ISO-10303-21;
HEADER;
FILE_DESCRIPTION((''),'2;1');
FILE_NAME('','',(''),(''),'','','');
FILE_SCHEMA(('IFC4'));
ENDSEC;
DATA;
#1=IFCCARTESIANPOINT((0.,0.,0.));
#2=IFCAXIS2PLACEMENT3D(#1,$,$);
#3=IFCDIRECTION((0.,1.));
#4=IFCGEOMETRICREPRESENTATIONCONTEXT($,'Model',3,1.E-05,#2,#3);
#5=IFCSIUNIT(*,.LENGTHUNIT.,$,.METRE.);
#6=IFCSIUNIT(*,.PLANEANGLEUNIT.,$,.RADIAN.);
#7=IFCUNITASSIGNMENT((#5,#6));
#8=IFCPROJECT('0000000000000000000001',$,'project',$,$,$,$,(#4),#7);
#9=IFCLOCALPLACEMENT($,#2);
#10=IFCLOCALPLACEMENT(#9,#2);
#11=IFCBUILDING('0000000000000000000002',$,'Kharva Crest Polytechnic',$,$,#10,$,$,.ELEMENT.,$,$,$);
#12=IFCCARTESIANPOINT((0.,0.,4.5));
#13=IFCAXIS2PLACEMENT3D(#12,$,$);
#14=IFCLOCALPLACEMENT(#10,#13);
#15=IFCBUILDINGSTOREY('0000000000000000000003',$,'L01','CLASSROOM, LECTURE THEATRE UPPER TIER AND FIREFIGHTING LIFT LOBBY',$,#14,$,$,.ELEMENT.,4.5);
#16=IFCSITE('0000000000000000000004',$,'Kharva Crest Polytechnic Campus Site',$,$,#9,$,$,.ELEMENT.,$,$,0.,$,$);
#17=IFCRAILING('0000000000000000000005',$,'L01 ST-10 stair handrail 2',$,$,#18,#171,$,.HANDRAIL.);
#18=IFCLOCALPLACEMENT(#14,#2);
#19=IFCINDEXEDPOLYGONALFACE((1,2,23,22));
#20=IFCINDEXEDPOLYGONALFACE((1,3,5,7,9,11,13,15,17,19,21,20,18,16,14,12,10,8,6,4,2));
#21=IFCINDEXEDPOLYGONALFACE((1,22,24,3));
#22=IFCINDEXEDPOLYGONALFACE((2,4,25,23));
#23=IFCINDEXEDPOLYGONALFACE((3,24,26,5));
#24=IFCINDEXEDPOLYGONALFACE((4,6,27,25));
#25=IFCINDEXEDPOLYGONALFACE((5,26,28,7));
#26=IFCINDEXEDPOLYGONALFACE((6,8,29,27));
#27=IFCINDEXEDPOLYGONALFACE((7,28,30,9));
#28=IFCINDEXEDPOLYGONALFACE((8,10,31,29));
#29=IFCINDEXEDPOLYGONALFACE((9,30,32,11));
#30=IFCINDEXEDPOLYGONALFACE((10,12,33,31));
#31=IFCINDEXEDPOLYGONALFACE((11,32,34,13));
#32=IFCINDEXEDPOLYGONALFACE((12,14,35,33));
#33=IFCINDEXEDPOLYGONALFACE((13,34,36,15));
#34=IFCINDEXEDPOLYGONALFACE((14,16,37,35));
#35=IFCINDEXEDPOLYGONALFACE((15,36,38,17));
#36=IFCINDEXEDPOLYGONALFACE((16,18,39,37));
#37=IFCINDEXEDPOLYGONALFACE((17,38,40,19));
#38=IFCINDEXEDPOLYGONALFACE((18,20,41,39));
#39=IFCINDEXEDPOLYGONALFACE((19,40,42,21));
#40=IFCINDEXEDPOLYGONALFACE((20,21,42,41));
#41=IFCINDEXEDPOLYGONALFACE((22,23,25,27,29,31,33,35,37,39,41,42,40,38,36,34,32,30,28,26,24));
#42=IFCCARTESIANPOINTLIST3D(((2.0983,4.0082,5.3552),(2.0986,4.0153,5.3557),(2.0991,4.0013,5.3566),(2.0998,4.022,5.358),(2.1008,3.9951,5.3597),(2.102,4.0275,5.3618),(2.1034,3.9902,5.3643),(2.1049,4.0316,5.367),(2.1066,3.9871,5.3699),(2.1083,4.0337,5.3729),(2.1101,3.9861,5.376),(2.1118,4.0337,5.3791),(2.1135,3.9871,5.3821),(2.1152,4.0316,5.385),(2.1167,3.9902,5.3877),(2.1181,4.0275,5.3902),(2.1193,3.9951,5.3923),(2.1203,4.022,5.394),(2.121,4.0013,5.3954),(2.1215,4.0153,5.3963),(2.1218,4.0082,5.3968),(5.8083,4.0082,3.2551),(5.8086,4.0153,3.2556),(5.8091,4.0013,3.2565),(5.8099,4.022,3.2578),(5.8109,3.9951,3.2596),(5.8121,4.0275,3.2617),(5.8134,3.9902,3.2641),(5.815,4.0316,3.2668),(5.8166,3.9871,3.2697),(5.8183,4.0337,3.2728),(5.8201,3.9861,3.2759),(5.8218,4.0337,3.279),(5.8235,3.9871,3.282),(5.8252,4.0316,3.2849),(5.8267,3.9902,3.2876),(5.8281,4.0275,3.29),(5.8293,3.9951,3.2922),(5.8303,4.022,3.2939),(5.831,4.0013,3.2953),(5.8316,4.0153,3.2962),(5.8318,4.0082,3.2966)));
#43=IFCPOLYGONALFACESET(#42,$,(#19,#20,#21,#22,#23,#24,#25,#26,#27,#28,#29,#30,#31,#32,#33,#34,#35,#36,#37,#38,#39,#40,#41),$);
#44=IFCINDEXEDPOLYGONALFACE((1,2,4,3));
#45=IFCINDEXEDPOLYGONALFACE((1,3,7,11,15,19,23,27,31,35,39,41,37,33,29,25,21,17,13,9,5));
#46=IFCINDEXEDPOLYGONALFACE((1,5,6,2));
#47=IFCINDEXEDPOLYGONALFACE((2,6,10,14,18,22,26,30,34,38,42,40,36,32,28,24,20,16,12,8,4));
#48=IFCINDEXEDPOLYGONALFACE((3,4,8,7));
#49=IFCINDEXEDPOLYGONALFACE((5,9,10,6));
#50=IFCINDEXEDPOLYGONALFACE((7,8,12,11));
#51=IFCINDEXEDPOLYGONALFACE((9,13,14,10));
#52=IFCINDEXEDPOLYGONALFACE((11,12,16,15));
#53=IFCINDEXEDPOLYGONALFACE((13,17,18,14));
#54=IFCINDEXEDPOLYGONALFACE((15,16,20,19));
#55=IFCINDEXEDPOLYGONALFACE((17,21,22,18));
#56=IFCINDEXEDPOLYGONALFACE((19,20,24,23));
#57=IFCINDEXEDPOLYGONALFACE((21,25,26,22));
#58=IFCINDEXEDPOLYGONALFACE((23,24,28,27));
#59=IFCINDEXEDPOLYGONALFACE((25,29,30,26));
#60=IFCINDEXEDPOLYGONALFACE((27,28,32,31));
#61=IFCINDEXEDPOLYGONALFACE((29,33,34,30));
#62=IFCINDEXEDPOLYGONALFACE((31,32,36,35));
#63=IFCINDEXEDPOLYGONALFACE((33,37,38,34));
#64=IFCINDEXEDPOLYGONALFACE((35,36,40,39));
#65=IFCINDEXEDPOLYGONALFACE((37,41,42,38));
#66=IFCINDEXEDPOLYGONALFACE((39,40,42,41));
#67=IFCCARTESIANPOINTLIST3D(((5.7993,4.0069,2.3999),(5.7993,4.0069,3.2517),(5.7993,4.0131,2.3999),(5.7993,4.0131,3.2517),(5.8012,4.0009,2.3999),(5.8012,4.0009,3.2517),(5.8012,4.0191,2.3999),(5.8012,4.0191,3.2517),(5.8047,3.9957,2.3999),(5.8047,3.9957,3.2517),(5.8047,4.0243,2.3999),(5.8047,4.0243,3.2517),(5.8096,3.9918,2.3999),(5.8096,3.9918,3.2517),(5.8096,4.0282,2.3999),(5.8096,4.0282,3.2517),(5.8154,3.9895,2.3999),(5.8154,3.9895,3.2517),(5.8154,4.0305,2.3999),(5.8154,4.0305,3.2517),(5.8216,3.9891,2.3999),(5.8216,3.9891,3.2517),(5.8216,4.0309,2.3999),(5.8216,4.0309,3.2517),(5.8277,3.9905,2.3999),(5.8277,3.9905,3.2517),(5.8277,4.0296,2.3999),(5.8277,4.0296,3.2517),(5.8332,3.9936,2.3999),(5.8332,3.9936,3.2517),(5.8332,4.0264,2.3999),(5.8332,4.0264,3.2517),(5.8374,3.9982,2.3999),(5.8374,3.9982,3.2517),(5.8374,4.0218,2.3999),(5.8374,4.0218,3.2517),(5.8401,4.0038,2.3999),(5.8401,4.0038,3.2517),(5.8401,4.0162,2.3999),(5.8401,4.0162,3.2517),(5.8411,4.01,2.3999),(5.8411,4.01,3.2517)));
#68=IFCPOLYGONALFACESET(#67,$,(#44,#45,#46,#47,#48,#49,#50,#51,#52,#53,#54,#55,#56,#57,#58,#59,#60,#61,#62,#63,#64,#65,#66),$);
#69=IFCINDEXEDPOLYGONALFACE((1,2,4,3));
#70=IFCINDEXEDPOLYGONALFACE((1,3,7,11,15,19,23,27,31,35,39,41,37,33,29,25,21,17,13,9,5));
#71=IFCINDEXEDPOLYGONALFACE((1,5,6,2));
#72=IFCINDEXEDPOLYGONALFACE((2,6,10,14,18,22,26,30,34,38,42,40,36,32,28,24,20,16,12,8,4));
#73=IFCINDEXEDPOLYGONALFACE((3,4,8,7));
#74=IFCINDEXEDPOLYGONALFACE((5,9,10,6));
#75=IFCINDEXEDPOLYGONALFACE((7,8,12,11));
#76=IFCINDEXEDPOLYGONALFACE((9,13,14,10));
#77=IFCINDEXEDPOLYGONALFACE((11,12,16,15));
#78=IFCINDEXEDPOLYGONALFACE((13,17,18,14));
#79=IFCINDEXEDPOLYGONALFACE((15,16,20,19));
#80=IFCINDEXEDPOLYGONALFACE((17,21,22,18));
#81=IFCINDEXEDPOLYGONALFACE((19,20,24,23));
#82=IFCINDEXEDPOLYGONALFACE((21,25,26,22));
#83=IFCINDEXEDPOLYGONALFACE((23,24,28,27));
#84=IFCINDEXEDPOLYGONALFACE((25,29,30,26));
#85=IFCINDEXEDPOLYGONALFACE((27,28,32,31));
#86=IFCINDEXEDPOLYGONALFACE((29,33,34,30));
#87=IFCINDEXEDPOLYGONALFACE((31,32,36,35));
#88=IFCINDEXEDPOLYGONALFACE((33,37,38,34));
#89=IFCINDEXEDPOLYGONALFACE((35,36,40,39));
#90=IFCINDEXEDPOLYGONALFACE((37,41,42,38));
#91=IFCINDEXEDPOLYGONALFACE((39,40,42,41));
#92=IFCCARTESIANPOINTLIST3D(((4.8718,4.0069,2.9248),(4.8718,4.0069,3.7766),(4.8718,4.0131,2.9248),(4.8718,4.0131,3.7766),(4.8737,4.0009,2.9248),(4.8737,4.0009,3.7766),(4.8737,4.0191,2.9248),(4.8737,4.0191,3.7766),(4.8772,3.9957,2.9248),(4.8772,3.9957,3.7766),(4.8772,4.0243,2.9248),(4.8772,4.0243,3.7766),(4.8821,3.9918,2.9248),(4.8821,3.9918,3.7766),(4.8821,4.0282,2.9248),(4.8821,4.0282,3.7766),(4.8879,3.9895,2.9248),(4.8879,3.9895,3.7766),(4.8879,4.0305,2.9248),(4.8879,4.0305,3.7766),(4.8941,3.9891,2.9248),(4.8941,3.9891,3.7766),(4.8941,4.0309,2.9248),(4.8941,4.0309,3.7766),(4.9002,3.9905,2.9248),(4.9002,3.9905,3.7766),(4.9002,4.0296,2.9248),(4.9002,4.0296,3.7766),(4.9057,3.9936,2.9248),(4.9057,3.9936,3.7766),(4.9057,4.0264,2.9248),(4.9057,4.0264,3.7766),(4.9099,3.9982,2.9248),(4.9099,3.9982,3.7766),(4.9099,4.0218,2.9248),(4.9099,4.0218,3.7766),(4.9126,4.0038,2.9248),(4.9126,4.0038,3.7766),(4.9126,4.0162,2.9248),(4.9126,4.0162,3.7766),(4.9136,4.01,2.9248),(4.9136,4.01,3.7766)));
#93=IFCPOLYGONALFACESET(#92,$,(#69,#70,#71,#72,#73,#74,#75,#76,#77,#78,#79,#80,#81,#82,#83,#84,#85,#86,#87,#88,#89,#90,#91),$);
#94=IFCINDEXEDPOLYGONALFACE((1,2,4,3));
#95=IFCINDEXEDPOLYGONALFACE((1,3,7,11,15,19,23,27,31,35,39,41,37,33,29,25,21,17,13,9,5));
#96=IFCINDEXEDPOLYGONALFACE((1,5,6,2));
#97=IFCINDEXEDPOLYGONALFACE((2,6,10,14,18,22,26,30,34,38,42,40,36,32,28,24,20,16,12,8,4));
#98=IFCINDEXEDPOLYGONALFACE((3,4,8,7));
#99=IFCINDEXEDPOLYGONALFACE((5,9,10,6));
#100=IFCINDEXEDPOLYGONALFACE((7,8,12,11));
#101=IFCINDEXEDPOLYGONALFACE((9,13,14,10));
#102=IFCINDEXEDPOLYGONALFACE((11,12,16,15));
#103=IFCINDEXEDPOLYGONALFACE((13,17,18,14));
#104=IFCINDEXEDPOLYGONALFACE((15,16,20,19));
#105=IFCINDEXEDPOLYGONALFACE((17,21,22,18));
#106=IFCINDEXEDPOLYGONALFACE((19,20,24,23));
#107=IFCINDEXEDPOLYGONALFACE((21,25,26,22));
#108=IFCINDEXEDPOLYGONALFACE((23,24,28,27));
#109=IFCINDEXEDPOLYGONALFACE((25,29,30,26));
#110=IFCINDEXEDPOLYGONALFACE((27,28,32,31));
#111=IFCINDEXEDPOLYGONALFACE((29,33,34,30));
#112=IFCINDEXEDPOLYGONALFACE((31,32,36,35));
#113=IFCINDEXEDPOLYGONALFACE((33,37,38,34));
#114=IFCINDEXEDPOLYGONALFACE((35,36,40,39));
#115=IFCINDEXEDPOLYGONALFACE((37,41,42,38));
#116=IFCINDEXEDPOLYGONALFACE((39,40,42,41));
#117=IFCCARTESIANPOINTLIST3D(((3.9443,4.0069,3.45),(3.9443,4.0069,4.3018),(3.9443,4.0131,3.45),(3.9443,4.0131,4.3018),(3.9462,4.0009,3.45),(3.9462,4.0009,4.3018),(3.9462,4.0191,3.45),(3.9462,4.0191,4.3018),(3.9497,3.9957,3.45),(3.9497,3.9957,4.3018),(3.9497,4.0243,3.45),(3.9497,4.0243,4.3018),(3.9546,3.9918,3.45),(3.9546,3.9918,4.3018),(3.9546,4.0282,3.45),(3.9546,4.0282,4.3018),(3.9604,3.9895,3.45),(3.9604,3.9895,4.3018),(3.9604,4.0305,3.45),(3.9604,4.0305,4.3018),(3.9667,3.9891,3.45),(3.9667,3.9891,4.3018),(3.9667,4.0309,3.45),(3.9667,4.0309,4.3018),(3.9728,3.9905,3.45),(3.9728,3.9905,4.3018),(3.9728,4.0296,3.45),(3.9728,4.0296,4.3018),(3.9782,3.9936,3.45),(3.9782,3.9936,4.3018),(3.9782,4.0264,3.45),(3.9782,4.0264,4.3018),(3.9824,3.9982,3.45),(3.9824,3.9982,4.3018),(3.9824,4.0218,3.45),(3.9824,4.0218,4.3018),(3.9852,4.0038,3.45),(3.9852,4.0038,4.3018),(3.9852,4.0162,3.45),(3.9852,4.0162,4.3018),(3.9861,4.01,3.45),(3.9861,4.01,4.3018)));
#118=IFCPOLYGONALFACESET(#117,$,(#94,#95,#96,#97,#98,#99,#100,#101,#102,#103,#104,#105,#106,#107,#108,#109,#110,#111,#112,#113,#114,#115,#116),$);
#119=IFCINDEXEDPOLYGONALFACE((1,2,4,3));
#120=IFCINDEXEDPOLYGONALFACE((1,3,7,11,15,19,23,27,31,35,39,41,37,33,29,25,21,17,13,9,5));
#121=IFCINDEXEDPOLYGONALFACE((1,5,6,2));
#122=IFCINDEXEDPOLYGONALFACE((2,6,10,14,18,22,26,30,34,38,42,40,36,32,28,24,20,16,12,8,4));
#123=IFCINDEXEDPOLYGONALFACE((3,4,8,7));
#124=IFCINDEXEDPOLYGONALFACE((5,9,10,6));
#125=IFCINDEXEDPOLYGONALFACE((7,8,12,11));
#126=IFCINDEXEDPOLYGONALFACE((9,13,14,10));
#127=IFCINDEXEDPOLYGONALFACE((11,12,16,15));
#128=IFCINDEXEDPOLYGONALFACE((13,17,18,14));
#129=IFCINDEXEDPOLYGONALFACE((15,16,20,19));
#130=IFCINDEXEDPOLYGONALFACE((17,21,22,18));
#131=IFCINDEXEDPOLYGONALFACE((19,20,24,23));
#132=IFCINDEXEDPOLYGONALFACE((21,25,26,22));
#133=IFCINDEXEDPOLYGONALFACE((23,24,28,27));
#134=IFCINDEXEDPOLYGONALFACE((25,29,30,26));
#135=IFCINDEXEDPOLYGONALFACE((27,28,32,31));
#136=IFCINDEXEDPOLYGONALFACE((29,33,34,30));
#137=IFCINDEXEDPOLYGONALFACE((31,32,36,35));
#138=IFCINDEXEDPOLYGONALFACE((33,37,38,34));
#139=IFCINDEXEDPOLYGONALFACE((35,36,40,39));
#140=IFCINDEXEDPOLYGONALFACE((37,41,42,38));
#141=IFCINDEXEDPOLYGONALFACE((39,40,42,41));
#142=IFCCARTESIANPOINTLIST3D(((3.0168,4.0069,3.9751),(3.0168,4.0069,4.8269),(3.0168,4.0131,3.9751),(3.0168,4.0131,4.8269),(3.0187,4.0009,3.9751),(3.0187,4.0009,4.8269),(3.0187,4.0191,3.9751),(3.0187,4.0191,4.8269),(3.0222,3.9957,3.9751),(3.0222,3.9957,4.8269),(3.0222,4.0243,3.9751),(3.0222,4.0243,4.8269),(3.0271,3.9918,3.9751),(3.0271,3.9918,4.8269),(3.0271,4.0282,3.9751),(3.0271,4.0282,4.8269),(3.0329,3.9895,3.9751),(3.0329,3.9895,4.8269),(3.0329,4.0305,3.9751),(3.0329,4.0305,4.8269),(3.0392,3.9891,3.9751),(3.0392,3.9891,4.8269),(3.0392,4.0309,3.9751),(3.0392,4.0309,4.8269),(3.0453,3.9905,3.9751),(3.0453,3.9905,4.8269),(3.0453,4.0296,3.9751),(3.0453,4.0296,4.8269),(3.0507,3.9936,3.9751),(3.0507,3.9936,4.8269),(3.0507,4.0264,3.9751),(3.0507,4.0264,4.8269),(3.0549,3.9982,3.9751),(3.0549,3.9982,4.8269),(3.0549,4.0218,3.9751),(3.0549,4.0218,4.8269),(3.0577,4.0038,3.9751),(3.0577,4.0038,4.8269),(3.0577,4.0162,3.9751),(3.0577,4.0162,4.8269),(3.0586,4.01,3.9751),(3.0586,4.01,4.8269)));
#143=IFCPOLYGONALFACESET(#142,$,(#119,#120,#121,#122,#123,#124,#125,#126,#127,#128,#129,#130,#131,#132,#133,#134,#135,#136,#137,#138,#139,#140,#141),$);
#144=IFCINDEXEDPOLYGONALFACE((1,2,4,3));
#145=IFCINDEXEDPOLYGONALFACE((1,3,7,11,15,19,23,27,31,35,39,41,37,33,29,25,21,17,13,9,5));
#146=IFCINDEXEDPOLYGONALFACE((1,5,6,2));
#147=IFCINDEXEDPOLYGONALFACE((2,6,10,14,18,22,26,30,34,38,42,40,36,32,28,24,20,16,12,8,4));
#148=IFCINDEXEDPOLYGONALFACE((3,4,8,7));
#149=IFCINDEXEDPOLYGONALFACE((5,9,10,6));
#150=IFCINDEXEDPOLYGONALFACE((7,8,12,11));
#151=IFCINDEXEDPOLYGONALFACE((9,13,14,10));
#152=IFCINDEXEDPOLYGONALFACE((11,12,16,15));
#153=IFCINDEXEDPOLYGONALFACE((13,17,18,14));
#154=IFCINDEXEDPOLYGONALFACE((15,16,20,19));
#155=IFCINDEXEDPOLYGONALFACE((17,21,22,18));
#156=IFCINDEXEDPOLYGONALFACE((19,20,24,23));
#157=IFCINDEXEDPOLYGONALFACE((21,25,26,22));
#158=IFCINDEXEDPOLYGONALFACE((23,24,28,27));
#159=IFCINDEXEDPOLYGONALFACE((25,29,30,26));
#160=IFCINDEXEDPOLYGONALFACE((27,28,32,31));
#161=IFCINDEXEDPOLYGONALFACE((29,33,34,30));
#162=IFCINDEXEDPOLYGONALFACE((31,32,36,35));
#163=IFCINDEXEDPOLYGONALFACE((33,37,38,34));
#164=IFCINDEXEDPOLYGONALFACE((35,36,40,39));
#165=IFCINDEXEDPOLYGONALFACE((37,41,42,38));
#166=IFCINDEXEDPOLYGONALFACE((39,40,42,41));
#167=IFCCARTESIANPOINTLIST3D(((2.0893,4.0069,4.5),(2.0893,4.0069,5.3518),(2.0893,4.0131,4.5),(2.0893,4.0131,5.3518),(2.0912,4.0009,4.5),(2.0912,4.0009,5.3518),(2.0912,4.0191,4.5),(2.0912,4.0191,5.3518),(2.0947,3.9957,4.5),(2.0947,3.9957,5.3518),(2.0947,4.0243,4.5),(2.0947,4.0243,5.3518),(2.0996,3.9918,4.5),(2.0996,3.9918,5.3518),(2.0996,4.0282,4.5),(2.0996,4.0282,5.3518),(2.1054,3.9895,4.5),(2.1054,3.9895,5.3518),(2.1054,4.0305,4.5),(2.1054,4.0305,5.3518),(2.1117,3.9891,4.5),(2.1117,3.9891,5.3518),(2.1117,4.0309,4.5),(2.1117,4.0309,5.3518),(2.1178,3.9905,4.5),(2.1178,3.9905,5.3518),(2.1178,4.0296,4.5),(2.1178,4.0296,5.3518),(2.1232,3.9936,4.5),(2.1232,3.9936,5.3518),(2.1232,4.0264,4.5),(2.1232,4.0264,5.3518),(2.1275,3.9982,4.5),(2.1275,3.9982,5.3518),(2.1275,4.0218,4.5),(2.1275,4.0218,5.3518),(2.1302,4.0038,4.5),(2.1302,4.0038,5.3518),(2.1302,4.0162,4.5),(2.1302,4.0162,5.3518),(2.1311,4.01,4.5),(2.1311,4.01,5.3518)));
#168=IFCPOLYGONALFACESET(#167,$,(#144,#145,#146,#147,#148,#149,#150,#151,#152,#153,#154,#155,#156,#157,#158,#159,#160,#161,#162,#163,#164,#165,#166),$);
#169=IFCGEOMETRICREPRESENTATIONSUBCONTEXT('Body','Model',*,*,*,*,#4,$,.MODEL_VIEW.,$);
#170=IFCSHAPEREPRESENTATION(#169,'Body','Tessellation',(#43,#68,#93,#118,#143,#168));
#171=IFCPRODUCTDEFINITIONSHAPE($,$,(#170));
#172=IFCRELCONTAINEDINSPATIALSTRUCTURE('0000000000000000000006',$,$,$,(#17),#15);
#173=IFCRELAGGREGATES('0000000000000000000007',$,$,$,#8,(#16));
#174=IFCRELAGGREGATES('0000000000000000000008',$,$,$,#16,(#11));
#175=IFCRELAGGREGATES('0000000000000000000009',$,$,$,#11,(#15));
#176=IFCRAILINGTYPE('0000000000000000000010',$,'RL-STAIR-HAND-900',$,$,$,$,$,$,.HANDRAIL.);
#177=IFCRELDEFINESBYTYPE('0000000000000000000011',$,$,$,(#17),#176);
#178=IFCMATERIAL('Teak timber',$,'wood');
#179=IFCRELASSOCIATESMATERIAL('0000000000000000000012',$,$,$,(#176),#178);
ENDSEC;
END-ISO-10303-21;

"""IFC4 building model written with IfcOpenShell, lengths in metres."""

from ifc_helpers import new_model, si_unit, direction, frame, origin, origin_2d, place, context, subcontext, project, spatial, circle, extrude, material, type_object, element, save


model = new_model("IFC4")

# Units and contexts
model_context = context("Model", 3, precision=1e-05, world=origin(), true_north=direction((0.0, 1.0)))
body_context = subcontext(model_context, "Body", "Model", "MODEL_VIEW")
ifc_project = project(units=[si_unit("LENGTHUNIT", "METRE"), si_unit("PLANEANGLEUNIT", "RADIAN")], contexts=[model_context])

# Site, building, storey
site_placement = place(None, origin())
site = spatial("IfcSite", under=ifc_project, at=site_placement, Name="Kharva Crest Polytechnic Campus Site", CompositionType="ELEMENT", RefElevation=0.0)
building_placement = place(site_placement, origin())
building = spatial("IfcBuilding", under=site, at=building_placement, Name="Kharva Crest Polytechnic", CompositionType="ELEMENT")
storey_placement = place(building_placement, frame((0.0, 0.0, 4.5)))
storey = spatial("IfcBuildingStorey", under=building, at=storey_placement, Name="L01", Description="CLASSROOM, LECTURE THEATRE UPPER TIER AND FIREFIGHTING LIFT LOBBY", CompositionType="ELEMENT", Elevation=4.5)

# Shared definitions
ifc_material_1 = material(Name="Teak timber", Category="wood")

# Railing
railing_type_1 = type_object("IfcRailingType", Name="RL-STAIR-HAND-900", PredefinedType="HANDRAIL", material=ifc_material_1)
railing_1_placement = place(storey_placement, frame((5.8201, 4.01, 2.3999)))
element("IfcRailing", 1, at=railing_1_placement, inside=storey, type_object=railing_type_1, Name="L01 ST-10 stair handrail 2", PredefinedType="HANDRAIL", context=body_context, shape_type="SweptSolid", body=[
    extrude(circle(Radius=0.0239, at=origin_2d()), frame((0.0, 0.0, 0.876), z_axis=(-0.870245, 0.0, 0.492619), x_axis=(0.0, -1.0, 0.0)), (0.0, 0.0, 1.0), 4.2632),
    extrude(circle(Radius=0.021, at=origin_2d()), origin(), (0.0, 0.0, 1.0), 0.8518),
    extrude(circle(Radius=0.021, at=origin_2d()), frame((-0.9275, 0.0, 0.5249)), (0.0, 0.0, 1.0), 0.8518),
    extrude(circle(Radius=0.021, at=origin_2d()), frame((-1.855, 0.0, 1.05)), (0.0, 0.0, 1.0), 0.8518),
    extrude(circle(Radius=0.021, at=origin_2d()), frame((-2.7825, 0.0, 1.5752)), (0.0, 0.0, 1.0), 0.8518),
    extrude(circle(Radius=0.021, at=origin_2d()), frame((-3.71, 0.0, 2.1001)), (0.0, 0.0, 1.0), 0.8518),
])

save(model, "model.ifc")
